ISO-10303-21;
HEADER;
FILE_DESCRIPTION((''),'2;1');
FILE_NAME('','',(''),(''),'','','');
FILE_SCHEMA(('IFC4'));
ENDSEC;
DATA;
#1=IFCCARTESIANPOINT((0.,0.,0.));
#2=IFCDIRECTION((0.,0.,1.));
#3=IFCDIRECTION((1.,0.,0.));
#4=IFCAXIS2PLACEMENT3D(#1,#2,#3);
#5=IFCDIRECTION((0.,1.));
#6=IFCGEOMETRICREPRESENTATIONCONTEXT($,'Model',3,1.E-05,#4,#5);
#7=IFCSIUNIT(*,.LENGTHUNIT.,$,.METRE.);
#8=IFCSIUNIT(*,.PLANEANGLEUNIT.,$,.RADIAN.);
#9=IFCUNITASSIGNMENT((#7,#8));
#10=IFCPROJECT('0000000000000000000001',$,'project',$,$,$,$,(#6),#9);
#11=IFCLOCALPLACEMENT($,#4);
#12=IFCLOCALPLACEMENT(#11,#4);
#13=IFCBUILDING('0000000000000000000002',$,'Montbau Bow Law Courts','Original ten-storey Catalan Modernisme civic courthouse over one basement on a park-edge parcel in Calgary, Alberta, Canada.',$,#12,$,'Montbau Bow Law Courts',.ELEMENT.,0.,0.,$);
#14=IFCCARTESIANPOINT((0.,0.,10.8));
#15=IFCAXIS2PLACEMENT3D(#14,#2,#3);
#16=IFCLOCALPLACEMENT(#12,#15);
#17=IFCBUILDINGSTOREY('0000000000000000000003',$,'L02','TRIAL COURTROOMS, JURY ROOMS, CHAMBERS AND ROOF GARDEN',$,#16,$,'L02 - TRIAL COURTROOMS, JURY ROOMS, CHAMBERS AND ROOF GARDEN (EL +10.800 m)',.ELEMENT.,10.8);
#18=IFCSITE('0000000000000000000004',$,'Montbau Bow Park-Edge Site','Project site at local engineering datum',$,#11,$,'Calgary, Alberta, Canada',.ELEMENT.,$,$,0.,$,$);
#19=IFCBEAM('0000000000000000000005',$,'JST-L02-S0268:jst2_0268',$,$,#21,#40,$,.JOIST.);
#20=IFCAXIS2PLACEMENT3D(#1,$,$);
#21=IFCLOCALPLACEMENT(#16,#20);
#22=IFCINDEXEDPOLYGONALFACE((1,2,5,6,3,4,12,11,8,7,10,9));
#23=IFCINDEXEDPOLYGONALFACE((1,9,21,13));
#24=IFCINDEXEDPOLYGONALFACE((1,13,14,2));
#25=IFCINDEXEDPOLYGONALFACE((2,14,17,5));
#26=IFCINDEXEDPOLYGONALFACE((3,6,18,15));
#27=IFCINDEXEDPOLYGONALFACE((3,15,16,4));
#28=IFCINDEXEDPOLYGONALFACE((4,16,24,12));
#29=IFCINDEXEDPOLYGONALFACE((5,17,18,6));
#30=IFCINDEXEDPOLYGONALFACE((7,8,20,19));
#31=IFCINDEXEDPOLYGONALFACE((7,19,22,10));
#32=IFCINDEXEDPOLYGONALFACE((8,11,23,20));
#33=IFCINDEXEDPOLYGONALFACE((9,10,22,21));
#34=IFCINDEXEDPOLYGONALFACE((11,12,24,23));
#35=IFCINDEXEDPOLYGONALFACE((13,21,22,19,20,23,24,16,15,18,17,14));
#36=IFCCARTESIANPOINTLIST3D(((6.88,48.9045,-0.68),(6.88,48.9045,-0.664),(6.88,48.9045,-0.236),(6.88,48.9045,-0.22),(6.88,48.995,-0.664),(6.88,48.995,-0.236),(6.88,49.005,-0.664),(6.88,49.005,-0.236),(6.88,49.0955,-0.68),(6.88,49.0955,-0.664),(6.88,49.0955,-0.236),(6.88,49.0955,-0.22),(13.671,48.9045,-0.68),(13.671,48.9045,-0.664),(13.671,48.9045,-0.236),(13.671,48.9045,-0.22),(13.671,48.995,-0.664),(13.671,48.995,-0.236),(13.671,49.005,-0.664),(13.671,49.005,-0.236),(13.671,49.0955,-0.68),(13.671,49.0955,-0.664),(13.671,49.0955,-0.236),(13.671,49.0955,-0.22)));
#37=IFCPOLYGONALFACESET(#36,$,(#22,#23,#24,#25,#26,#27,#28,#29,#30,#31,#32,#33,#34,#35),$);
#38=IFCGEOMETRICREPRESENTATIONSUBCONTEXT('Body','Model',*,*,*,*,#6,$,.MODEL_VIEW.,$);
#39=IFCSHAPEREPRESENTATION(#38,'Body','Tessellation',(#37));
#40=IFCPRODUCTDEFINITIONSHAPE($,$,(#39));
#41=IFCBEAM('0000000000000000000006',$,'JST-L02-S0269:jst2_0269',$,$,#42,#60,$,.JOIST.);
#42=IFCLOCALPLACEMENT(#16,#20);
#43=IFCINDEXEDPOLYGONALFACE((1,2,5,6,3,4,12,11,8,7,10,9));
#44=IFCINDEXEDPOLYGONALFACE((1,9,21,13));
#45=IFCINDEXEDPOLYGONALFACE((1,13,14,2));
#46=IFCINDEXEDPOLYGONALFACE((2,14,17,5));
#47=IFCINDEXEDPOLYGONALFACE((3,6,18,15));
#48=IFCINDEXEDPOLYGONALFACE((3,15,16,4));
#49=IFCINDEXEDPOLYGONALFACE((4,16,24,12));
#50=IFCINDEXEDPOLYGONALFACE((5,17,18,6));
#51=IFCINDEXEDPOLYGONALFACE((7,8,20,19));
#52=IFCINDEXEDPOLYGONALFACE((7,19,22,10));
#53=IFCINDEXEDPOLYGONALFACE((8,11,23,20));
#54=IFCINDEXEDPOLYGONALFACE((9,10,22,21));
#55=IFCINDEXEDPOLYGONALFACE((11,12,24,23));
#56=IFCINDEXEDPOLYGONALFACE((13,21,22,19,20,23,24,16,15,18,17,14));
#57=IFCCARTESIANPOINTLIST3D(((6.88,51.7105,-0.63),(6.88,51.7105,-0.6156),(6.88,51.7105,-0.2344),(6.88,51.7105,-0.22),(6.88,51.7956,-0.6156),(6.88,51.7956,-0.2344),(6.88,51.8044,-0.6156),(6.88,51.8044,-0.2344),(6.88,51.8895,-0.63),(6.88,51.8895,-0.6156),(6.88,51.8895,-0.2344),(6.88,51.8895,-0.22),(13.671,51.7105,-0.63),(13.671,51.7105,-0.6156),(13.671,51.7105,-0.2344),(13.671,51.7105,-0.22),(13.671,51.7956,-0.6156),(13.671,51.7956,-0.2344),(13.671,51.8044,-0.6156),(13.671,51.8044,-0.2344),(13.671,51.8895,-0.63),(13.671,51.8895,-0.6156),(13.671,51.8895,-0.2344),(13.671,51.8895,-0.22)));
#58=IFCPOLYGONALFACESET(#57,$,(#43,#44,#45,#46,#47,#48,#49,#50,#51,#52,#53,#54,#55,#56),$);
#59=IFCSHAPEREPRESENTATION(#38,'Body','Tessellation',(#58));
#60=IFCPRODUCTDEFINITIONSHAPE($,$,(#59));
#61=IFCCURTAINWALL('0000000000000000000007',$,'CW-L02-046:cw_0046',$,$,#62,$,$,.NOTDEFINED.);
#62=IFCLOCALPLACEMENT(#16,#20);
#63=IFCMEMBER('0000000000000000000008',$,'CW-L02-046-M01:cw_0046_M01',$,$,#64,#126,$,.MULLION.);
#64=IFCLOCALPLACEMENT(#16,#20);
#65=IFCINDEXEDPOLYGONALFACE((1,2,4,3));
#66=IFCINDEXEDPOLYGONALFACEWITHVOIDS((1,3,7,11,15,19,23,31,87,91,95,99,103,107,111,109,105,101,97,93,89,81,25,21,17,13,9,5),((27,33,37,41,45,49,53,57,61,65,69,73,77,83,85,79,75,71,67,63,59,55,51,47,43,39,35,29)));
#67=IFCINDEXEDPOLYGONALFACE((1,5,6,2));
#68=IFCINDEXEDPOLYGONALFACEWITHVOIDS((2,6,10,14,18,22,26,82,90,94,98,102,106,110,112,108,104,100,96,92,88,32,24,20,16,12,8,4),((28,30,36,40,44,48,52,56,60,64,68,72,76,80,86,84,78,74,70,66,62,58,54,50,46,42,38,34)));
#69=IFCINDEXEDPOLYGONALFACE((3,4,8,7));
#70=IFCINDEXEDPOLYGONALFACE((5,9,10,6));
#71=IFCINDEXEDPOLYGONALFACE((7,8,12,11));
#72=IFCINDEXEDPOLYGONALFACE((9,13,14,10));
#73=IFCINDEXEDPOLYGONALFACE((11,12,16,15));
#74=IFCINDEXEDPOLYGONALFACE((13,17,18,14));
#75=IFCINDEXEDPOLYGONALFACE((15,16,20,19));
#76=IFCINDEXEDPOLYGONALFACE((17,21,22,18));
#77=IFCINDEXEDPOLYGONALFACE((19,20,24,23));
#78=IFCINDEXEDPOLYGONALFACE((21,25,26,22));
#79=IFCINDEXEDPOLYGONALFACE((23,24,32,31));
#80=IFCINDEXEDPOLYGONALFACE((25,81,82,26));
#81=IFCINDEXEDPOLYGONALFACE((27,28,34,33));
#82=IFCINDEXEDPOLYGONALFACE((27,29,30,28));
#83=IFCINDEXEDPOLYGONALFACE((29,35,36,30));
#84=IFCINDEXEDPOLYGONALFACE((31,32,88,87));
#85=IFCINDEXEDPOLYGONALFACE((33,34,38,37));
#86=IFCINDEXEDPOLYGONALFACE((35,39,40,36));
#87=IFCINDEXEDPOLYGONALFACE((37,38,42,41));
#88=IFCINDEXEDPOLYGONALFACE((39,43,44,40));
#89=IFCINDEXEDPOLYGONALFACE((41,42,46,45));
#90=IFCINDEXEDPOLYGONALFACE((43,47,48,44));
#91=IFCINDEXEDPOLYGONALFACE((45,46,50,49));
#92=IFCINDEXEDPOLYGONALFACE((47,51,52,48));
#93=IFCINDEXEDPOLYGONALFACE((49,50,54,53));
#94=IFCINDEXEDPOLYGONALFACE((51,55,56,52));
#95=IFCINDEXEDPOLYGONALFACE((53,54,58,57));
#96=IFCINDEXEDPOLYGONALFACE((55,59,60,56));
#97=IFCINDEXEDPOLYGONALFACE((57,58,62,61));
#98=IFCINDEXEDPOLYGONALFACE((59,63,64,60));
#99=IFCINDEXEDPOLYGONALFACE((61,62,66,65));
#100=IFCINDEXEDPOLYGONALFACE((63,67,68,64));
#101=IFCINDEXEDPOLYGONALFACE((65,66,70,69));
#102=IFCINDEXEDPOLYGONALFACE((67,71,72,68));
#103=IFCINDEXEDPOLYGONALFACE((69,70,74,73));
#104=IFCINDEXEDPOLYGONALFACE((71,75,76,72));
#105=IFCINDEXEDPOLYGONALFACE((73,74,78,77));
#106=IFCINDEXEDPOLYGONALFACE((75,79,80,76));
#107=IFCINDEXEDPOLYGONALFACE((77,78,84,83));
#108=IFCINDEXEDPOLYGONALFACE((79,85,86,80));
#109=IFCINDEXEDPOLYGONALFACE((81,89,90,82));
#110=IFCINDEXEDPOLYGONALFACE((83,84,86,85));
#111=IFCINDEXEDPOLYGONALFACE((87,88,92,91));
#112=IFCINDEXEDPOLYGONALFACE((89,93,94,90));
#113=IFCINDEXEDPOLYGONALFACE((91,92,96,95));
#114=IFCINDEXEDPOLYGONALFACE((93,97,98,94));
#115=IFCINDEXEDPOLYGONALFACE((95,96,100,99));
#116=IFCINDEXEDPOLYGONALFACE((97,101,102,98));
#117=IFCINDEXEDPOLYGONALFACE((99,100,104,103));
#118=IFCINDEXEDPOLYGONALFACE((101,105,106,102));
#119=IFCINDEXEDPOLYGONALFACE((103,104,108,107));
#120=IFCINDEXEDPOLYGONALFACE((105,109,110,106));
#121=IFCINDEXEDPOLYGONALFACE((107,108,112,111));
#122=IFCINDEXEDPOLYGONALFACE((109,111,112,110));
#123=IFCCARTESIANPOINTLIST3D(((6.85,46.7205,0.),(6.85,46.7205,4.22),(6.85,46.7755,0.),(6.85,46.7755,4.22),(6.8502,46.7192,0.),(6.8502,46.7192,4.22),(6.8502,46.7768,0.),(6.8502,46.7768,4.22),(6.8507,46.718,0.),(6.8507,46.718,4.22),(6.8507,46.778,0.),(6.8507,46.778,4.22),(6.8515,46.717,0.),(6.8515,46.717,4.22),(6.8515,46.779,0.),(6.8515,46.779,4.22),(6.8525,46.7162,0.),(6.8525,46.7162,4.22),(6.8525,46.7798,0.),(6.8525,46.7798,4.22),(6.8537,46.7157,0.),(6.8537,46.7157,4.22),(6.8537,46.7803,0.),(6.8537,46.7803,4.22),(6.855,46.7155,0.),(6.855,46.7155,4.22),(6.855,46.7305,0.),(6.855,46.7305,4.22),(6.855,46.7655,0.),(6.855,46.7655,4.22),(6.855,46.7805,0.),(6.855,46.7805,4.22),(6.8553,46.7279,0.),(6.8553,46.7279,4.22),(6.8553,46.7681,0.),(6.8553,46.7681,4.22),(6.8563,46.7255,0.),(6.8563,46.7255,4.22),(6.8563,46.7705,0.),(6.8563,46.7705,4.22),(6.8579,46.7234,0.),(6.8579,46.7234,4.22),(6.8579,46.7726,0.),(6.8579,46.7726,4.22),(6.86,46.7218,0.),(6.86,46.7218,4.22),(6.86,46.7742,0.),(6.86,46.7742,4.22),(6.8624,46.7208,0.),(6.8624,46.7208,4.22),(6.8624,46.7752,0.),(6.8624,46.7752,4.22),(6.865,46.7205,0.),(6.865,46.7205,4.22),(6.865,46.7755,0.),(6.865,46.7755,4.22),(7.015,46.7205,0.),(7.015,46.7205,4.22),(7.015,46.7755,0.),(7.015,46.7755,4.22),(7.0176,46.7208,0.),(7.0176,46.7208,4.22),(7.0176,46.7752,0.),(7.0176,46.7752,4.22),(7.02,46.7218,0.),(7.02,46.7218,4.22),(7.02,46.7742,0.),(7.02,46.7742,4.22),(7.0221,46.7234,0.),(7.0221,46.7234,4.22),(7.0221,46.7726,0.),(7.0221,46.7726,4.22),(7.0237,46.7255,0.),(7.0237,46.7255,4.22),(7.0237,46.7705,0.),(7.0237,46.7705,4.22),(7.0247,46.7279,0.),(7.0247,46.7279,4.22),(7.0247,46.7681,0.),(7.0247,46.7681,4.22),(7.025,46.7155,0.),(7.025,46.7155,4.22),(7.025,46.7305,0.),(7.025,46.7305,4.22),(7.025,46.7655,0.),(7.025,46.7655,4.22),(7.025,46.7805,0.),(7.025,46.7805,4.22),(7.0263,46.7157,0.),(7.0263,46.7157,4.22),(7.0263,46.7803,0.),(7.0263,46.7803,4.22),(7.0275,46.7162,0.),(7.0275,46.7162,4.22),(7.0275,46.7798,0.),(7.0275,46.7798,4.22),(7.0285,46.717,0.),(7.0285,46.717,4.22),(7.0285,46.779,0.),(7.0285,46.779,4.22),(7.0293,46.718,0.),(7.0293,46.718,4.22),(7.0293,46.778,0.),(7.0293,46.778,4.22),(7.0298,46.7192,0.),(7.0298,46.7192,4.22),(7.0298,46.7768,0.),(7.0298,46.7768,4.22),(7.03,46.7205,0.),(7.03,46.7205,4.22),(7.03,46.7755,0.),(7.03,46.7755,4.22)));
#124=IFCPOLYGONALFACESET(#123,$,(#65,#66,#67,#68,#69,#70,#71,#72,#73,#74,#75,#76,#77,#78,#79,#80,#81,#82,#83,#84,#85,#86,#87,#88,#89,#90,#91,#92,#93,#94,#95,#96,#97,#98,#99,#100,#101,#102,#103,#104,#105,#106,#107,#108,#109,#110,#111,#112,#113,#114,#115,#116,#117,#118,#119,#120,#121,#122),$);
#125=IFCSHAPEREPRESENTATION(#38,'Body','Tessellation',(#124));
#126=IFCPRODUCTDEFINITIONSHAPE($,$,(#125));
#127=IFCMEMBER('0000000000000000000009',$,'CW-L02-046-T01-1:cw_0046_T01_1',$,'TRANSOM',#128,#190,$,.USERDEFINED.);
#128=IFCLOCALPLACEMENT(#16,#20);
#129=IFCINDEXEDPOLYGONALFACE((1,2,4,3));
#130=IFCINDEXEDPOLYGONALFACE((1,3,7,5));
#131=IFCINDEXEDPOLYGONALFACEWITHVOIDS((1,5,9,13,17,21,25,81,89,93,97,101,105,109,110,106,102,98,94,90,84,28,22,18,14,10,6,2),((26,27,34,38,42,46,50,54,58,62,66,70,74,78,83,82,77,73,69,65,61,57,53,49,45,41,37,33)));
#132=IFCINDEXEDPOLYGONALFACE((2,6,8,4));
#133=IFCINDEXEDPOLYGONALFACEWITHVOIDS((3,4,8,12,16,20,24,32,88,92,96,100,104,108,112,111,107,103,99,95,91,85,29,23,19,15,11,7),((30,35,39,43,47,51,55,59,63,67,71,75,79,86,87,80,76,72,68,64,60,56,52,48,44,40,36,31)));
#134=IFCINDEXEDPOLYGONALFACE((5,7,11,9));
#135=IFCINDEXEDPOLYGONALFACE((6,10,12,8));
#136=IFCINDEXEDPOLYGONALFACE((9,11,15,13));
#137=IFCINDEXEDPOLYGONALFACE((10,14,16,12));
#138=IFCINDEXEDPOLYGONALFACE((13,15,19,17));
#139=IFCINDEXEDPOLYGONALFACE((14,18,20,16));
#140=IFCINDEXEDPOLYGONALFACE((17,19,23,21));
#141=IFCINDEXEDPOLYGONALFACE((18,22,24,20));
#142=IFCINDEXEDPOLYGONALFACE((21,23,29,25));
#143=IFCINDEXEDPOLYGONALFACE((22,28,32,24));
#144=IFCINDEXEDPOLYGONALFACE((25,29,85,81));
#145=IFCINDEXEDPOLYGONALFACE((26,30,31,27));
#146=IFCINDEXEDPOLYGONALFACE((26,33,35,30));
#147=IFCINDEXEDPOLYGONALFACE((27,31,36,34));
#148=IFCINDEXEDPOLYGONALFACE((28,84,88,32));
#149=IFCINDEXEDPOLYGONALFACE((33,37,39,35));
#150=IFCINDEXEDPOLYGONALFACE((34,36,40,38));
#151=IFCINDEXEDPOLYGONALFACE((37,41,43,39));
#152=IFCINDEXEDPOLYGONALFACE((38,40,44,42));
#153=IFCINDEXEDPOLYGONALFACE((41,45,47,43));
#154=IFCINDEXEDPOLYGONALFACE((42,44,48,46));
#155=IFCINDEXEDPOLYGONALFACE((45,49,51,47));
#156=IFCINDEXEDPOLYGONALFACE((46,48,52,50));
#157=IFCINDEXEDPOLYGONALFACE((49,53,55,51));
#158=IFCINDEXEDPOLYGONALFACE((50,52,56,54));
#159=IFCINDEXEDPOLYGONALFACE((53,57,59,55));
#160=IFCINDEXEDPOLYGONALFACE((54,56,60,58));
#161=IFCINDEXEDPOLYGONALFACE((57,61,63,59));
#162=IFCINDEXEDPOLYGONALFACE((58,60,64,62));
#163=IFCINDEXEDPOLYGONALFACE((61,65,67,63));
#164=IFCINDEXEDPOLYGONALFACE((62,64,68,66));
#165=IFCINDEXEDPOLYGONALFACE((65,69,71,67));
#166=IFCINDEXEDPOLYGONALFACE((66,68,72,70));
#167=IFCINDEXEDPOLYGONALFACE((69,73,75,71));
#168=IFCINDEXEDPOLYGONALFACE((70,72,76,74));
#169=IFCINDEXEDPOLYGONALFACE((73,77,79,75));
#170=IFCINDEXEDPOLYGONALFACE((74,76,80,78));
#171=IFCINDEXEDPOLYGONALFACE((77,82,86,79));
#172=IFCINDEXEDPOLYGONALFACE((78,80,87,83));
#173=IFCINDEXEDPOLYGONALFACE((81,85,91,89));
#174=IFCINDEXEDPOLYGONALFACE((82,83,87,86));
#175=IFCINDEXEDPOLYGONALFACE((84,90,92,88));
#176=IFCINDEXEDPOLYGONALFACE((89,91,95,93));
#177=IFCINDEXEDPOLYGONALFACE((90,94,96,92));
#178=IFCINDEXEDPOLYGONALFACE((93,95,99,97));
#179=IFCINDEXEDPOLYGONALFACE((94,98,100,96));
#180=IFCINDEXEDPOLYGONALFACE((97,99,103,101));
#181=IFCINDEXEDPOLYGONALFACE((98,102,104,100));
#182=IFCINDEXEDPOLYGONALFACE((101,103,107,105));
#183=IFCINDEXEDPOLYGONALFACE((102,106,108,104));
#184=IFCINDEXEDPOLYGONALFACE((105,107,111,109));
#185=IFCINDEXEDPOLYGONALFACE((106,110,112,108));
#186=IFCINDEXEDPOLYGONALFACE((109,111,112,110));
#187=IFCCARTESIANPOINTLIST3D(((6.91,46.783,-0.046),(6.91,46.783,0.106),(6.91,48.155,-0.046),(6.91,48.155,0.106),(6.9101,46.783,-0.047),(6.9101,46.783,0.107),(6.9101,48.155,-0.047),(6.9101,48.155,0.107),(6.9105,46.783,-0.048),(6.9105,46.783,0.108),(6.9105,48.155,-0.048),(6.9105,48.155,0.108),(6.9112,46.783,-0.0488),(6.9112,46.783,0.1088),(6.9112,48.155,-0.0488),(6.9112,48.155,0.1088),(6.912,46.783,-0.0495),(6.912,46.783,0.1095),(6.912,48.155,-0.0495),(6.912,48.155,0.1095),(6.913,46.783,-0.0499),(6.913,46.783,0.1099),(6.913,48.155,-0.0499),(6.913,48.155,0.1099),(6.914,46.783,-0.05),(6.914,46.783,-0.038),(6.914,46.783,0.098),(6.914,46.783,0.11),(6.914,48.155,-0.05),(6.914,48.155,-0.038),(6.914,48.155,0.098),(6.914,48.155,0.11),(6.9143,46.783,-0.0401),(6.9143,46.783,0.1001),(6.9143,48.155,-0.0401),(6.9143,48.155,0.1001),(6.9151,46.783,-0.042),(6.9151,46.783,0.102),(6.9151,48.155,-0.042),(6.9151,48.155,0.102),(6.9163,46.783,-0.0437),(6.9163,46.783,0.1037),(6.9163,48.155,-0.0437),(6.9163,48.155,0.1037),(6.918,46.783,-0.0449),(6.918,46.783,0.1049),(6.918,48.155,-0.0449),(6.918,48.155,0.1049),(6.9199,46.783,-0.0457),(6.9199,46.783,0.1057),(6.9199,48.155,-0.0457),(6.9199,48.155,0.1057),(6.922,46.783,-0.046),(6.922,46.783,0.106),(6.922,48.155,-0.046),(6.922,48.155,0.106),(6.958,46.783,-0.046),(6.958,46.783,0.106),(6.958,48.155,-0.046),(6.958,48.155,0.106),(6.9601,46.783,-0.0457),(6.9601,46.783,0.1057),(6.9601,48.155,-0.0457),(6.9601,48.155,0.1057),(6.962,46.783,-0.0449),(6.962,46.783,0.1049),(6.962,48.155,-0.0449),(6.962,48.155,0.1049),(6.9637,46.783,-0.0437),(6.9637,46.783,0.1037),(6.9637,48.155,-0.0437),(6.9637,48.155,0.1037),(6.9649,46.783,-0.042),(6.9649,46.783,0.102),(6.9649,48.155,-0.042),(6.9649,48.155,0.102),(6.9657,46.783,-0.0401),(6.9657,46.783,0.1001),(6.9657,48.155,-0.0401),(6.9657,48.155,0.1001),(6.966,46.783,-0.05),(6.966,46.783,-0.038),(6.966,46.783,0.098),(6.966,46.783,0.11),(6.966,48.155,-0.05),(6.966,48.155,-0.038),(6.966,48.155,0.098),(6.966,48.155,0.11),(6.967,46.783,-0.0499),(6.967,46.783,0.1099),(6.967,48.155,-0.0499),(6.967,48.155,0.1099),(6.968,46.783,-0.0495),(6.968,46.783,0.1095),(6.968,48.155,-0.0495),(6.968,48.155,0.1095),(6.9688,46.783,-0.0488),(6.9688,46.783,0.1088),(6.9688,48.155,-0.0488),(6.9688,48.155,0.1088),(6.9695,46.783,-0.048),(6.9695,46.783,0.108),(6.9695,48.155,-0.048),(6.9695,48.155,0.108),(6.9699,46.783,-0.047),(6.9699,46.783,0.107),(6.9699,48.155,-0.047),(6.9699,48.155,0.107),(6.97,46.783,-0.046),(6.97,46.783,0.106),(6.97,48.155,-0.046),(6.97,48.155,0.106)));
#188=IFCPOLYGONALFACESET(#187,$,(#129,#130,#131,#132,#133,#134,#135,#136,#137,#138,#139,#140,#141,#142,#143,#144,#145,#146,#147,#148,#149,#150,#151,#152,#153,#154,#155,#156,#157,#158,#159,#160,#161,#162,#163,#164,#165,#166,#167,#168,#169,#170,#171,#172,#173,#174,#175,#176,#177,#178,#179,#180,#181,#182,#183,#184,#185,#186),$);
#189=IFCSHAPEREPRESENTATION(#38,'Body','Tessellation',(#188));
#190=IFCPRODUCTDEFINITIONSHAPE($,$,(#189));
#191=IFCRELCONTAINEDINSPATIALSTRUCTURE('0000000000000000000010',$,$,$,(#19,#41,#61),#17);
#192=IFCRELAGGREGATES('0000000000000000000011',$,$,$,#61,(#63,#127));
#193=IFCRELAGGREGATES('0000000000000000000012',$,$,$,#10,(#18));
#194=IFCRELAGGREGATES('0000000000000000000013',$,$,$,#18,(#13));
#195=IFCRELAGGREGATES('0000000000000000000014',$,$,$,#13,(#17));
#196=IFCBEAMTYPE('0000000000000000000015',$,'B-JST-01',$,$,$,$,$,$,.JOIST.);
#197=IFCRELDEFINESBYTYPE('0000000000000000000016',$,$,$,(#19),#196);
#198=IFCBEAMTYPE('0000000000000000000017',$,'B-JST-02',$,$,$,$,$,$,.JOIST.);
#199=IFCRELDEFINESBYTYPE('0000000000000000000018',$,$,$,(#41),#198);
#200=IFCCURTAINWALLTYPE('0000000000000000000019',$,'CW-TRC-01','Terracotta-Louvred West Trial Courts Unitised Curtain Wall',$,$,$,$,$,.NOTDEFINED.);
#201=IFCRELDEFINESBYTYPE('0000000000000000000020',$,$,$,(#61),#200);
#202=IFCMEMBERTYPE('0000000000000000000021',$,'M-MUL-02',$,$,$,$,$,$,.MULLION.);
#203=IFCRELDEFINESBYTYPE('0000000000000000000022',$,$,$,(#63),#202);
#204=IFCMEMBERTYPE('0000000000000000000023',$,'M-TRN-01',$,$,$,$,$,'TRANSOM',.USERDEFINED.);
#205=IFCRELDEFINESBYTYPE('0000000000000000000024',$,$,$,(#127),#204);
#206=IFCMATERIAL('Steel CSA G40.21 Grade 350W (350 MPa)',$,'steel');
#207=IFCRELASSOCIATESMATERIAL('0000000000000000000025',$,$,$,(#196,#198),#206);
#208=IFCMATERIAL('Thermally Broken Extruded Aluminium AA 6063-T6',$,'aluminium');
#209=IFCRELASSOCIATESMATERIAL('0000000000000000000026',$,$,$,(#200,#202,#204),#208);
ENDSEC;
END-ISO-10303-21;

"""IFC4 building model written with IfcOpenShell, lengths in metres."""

from ifc_helpers import new_model, si_unit, direction, frame, origin_with_axes, origin_2d_with_axis, place, context, subcontext, project, spatial, hollow_rectangle, i_section, extrude, material, material_profile, profile_set, type_object, element, aggregate, save


model = new_model("IFC4")

# Units and contexts
model_context = context("Model", 3, precision=1e-05, world=origin_with_axes(), true_north=direction((0.0, 1.0)))
body_context = subcontext(model_context, "Body", "Model", "MODEL_VIEW")
ifc_project = project(units=[si_unit("LENGTHUNIT", "METRE"), si_unit("PLANEANGLEUNIT", "RADIAN")], contexts=[model_context])

# Site, building, storey
site_placement = place(None, origin_with_axes())
site = spatial("IfcSite", under=ifc_project, at=site_placement, Name="Montbau Bow Park-Edge Site", Description="Project site at local engineering datum", LongName="Calgary, Alberta, Canada", CompositionType="ELEMENT", RefElevation=0.0)
building_placement = place(site_placement, origin_with_axes())
building = spatial("IfcBuilding", under=site, at=building_placement, Name="Montbau Bow Law Courts", Description="Original ten-storey Catalan Modernisme civic courthouse over one basement on a park-edge parcel in Calgary, Alberta, Canada.", LongName="Montbau Bow Law Courts", CompositionType="ELEMENT", ElevationOfRefHeight=0.0, ElevationOfTerrain=0.0)
storey_placement = place(building_placement, frame((0.0, 0.0, 10.8), z_axis=(0.0, 0.0, 1.0), x_axis=(1.0, 0.0, 0.0)))
storey = spatial("IfcBuildingStorey", under=building, at=storey_placement, Name="L02", Description="TRIAL COURTROOMS, JURY ROOMS, CHAMBERS AND ROOF GARDEN", LongName="L02 - TRIAL COURTROOMS, JURY ROOMS, CHAMBERS AND ROOF GARDEN (EL +10.800 m)", CompositionType="ELEMENT", Elevation=10.8)

# Beams
ifc_material_1 = material(Name="Steel CSA G40.21 Grade 350W (350 MPa)", Category="steel")
ifc_material_profile_1 = material_profile(ifc_material_1, i_section(OverallWidth=0.191, OverallDepth=0.46, WebThickness=0.0099, FlangeThickness=0.016, at=origin_2d_with_axis()), Name="W460X82", Category="Main", Priority=0)
ifc_profile_set_1 = profile_set([ifc_material_profile_1], Name="Steel CSA G40.21 Grade 350W (350 MPa)")
beam_type_1 = type_object("IfcBeamType", Name="B-JST-01", PredefinedType="JOIST", material=ifc_profile_set_1)
beam_1_placement = place(None, frame((6.88, 49.0, 10.35), z_axis=(1.0, 0.0, 0.0), x_axis=(0.0, 1.0, 0.0)))
element("IfcBeam", 1, at=beam_1_placement, inside=storey, type_object=beam_type_1, Name="JST-L02-S0268:jst2_0268", PredefinedType="JOIST", context=body_context, shape_type="SweptSolid", body=[
    extrude(i_section(OverallWidth=0.191, OverallDepth=0.46, WebThickness=0.0099, FlangeThickness=0.016, at=origin_2d_with_axis()), origin_with_axes(), (0.0, 0.0, 1.0), 6.791),
])
ifc_material_profile_2 = material_profile(ifc_material_1, i_section(OverallWidth=0.179, OverallDepth=0.41, WebThickness=0.0088, FlangeThickness=0.0144, at=origin_2d_with_axis()), Name="W410X67", Category="Main", Priority=0)
ifc_profile_set_2 = profile_set([ifc_material_profile_2], Name="Steel CSA G40.21 Grade 350W (350 MPa)")
beam_type_2 = type_object("IfcBeamType", Name="B-JST-02", PredefinedType="JOIST", material=ifc_profile_set_2)
beam_2_placement = place(None, frame((6.88, 51.8, 10.375), z_axis=(1.0, 0.0, 0.0), x_axis=(0.0, 1.0, 0.0)))
element("IfcBeam", 2, at=beam_2_placement, inside=storey, type_object=beam_type_2, Name="JST-L02-S0269:jst2_0269", PredefinedType="JOIST", context=body_context, shape_type="SweptSolid", body=[
    extrude(i_section(OverallWidth=0.179, OverallDepth=0.41, WebThickness=0.0088, FlangeThickness=0.0144, at=origin_2d_with_axis()), origin_with_axes(), (0.0, 0.0, 1.0), 6.791),
])

# Curtain wall, members
ifc_material_2 = material(Name="Thermally Broken Extruded Aluminium AA 6063-T6", Category="aluminium")
curtain_wall_type = type_object("IfcCurtainWallType", Name="CW-TRC-01", Description="Terracotta-Louvred West Trial Courts Unitised Curtain Wall", PredefinedType="NOTDEFINED", material=ifc_material_2)
curtain_wall_placement = place(None, frame((6.94, 46.715, 10.8), z_axis=(0.0, 0.0, 1.0), x_axis=(1.0, 0.0, 0.0)))
curtain_wall = element("IfcCurtainWall", 3, at=curtain_wall_placement, inside=storey, type_object=curtain_wall_type, Name="CW-L02-046:cw_0046", PredefinedType="NOTDEFINED")
ifc_material_profile_3 = material_profile(ifc_material_2, hollow_rectangle(XDim=0.065, YDim=0.18, WallThickness=0.005, InnerFilletRadius=0.01, OuterFilletRadius=0.005, at=origin_2d_with_axis()), Name="CWM-180X65", Category="Main", Priority=0)
ifc_profile_set_3 = profile_set([ifc_material_profile_3], Name="Thermally Broken Extruded Aluminium AA 6063-T6")
member_type_1 = type_object("IfcMemberType", Name="M-MUL-02", PredefinedType="MULLION", material=ifc_profile_set_3)
member_1_placement = place(None, frame((6.94, 46.748, 10.8), z_axis=(0.0, 0.0, 1.0), x_axis=(0.0, 1.0, 0.0)))
member_1 = element("IfcMember", 4, at=member_1_placement, type_object=member_type_1, Name="CW-L02-046-M01:cw_0046_M01", PredefinedType="MULLION", context=body_context, shape_type="SweptSolid", body=[
    extrude(hollow_rectangle(XDim=0.065, YDim=0.18, WallThickness=0.005, InnerFilletRadius=0.01, OuterFilletRadius=0.005, at=origin_2d_with_axis()), origin_with_axes(), (0.0, 0.0, 1.0), 4.22),
])
ifc_material_profile_4 = material_profile(ifc_material_2, hollow_rectangle(XDim=0.06, YDim=0.16, WallThickness=0.004, InnerFilletRadius=0.008, OuterFilletRadius=0.004, at=origin_2d_with_axis()), Name="CWT-160X60", Category="Main", Priority=0)
ifc_profile_set_4 = profile_set([ifc_material_profile_4], Name="Thermally Broken Extruded Aluminium AA 6063-T6")
member_type_2 = type_object("IfcMemberType", Name="M-TRN-01", ElementType="TRANSOM", PredefinedType="USERDEFINED", material=ifc_profile_set_4)
member_2_placement = place(None, frame((6.94, 46.783, 10.83), z_axis=(0.0, 1.0, 0.0), x_axis=(-1.0, 0.0, 0.0)))
member_2 = element("IfcMember", 5, at=member_2_placement, type_object=member_type_2, Name="CW-L02-046-T01-1:cw_0046_T01_1", ObjectType="TRANSOM", PredefinedType="USERDEFINED", context=body_context, shape_type="SweptSolid", body=[
    extrude(hollow_rectangle(XDim=0.06, YDim=0.16, WallThickness=0.004, InnerFilletRadius=0.008, OuterFilletRadius=0.004, at=origin_2d_with_axis()), origin_with_axes(), (0.0, 0.0, 1.0), 1.372),
])
aggregate(curtain_wall, [member_1, member_2])

save(model, "model.ifc")
